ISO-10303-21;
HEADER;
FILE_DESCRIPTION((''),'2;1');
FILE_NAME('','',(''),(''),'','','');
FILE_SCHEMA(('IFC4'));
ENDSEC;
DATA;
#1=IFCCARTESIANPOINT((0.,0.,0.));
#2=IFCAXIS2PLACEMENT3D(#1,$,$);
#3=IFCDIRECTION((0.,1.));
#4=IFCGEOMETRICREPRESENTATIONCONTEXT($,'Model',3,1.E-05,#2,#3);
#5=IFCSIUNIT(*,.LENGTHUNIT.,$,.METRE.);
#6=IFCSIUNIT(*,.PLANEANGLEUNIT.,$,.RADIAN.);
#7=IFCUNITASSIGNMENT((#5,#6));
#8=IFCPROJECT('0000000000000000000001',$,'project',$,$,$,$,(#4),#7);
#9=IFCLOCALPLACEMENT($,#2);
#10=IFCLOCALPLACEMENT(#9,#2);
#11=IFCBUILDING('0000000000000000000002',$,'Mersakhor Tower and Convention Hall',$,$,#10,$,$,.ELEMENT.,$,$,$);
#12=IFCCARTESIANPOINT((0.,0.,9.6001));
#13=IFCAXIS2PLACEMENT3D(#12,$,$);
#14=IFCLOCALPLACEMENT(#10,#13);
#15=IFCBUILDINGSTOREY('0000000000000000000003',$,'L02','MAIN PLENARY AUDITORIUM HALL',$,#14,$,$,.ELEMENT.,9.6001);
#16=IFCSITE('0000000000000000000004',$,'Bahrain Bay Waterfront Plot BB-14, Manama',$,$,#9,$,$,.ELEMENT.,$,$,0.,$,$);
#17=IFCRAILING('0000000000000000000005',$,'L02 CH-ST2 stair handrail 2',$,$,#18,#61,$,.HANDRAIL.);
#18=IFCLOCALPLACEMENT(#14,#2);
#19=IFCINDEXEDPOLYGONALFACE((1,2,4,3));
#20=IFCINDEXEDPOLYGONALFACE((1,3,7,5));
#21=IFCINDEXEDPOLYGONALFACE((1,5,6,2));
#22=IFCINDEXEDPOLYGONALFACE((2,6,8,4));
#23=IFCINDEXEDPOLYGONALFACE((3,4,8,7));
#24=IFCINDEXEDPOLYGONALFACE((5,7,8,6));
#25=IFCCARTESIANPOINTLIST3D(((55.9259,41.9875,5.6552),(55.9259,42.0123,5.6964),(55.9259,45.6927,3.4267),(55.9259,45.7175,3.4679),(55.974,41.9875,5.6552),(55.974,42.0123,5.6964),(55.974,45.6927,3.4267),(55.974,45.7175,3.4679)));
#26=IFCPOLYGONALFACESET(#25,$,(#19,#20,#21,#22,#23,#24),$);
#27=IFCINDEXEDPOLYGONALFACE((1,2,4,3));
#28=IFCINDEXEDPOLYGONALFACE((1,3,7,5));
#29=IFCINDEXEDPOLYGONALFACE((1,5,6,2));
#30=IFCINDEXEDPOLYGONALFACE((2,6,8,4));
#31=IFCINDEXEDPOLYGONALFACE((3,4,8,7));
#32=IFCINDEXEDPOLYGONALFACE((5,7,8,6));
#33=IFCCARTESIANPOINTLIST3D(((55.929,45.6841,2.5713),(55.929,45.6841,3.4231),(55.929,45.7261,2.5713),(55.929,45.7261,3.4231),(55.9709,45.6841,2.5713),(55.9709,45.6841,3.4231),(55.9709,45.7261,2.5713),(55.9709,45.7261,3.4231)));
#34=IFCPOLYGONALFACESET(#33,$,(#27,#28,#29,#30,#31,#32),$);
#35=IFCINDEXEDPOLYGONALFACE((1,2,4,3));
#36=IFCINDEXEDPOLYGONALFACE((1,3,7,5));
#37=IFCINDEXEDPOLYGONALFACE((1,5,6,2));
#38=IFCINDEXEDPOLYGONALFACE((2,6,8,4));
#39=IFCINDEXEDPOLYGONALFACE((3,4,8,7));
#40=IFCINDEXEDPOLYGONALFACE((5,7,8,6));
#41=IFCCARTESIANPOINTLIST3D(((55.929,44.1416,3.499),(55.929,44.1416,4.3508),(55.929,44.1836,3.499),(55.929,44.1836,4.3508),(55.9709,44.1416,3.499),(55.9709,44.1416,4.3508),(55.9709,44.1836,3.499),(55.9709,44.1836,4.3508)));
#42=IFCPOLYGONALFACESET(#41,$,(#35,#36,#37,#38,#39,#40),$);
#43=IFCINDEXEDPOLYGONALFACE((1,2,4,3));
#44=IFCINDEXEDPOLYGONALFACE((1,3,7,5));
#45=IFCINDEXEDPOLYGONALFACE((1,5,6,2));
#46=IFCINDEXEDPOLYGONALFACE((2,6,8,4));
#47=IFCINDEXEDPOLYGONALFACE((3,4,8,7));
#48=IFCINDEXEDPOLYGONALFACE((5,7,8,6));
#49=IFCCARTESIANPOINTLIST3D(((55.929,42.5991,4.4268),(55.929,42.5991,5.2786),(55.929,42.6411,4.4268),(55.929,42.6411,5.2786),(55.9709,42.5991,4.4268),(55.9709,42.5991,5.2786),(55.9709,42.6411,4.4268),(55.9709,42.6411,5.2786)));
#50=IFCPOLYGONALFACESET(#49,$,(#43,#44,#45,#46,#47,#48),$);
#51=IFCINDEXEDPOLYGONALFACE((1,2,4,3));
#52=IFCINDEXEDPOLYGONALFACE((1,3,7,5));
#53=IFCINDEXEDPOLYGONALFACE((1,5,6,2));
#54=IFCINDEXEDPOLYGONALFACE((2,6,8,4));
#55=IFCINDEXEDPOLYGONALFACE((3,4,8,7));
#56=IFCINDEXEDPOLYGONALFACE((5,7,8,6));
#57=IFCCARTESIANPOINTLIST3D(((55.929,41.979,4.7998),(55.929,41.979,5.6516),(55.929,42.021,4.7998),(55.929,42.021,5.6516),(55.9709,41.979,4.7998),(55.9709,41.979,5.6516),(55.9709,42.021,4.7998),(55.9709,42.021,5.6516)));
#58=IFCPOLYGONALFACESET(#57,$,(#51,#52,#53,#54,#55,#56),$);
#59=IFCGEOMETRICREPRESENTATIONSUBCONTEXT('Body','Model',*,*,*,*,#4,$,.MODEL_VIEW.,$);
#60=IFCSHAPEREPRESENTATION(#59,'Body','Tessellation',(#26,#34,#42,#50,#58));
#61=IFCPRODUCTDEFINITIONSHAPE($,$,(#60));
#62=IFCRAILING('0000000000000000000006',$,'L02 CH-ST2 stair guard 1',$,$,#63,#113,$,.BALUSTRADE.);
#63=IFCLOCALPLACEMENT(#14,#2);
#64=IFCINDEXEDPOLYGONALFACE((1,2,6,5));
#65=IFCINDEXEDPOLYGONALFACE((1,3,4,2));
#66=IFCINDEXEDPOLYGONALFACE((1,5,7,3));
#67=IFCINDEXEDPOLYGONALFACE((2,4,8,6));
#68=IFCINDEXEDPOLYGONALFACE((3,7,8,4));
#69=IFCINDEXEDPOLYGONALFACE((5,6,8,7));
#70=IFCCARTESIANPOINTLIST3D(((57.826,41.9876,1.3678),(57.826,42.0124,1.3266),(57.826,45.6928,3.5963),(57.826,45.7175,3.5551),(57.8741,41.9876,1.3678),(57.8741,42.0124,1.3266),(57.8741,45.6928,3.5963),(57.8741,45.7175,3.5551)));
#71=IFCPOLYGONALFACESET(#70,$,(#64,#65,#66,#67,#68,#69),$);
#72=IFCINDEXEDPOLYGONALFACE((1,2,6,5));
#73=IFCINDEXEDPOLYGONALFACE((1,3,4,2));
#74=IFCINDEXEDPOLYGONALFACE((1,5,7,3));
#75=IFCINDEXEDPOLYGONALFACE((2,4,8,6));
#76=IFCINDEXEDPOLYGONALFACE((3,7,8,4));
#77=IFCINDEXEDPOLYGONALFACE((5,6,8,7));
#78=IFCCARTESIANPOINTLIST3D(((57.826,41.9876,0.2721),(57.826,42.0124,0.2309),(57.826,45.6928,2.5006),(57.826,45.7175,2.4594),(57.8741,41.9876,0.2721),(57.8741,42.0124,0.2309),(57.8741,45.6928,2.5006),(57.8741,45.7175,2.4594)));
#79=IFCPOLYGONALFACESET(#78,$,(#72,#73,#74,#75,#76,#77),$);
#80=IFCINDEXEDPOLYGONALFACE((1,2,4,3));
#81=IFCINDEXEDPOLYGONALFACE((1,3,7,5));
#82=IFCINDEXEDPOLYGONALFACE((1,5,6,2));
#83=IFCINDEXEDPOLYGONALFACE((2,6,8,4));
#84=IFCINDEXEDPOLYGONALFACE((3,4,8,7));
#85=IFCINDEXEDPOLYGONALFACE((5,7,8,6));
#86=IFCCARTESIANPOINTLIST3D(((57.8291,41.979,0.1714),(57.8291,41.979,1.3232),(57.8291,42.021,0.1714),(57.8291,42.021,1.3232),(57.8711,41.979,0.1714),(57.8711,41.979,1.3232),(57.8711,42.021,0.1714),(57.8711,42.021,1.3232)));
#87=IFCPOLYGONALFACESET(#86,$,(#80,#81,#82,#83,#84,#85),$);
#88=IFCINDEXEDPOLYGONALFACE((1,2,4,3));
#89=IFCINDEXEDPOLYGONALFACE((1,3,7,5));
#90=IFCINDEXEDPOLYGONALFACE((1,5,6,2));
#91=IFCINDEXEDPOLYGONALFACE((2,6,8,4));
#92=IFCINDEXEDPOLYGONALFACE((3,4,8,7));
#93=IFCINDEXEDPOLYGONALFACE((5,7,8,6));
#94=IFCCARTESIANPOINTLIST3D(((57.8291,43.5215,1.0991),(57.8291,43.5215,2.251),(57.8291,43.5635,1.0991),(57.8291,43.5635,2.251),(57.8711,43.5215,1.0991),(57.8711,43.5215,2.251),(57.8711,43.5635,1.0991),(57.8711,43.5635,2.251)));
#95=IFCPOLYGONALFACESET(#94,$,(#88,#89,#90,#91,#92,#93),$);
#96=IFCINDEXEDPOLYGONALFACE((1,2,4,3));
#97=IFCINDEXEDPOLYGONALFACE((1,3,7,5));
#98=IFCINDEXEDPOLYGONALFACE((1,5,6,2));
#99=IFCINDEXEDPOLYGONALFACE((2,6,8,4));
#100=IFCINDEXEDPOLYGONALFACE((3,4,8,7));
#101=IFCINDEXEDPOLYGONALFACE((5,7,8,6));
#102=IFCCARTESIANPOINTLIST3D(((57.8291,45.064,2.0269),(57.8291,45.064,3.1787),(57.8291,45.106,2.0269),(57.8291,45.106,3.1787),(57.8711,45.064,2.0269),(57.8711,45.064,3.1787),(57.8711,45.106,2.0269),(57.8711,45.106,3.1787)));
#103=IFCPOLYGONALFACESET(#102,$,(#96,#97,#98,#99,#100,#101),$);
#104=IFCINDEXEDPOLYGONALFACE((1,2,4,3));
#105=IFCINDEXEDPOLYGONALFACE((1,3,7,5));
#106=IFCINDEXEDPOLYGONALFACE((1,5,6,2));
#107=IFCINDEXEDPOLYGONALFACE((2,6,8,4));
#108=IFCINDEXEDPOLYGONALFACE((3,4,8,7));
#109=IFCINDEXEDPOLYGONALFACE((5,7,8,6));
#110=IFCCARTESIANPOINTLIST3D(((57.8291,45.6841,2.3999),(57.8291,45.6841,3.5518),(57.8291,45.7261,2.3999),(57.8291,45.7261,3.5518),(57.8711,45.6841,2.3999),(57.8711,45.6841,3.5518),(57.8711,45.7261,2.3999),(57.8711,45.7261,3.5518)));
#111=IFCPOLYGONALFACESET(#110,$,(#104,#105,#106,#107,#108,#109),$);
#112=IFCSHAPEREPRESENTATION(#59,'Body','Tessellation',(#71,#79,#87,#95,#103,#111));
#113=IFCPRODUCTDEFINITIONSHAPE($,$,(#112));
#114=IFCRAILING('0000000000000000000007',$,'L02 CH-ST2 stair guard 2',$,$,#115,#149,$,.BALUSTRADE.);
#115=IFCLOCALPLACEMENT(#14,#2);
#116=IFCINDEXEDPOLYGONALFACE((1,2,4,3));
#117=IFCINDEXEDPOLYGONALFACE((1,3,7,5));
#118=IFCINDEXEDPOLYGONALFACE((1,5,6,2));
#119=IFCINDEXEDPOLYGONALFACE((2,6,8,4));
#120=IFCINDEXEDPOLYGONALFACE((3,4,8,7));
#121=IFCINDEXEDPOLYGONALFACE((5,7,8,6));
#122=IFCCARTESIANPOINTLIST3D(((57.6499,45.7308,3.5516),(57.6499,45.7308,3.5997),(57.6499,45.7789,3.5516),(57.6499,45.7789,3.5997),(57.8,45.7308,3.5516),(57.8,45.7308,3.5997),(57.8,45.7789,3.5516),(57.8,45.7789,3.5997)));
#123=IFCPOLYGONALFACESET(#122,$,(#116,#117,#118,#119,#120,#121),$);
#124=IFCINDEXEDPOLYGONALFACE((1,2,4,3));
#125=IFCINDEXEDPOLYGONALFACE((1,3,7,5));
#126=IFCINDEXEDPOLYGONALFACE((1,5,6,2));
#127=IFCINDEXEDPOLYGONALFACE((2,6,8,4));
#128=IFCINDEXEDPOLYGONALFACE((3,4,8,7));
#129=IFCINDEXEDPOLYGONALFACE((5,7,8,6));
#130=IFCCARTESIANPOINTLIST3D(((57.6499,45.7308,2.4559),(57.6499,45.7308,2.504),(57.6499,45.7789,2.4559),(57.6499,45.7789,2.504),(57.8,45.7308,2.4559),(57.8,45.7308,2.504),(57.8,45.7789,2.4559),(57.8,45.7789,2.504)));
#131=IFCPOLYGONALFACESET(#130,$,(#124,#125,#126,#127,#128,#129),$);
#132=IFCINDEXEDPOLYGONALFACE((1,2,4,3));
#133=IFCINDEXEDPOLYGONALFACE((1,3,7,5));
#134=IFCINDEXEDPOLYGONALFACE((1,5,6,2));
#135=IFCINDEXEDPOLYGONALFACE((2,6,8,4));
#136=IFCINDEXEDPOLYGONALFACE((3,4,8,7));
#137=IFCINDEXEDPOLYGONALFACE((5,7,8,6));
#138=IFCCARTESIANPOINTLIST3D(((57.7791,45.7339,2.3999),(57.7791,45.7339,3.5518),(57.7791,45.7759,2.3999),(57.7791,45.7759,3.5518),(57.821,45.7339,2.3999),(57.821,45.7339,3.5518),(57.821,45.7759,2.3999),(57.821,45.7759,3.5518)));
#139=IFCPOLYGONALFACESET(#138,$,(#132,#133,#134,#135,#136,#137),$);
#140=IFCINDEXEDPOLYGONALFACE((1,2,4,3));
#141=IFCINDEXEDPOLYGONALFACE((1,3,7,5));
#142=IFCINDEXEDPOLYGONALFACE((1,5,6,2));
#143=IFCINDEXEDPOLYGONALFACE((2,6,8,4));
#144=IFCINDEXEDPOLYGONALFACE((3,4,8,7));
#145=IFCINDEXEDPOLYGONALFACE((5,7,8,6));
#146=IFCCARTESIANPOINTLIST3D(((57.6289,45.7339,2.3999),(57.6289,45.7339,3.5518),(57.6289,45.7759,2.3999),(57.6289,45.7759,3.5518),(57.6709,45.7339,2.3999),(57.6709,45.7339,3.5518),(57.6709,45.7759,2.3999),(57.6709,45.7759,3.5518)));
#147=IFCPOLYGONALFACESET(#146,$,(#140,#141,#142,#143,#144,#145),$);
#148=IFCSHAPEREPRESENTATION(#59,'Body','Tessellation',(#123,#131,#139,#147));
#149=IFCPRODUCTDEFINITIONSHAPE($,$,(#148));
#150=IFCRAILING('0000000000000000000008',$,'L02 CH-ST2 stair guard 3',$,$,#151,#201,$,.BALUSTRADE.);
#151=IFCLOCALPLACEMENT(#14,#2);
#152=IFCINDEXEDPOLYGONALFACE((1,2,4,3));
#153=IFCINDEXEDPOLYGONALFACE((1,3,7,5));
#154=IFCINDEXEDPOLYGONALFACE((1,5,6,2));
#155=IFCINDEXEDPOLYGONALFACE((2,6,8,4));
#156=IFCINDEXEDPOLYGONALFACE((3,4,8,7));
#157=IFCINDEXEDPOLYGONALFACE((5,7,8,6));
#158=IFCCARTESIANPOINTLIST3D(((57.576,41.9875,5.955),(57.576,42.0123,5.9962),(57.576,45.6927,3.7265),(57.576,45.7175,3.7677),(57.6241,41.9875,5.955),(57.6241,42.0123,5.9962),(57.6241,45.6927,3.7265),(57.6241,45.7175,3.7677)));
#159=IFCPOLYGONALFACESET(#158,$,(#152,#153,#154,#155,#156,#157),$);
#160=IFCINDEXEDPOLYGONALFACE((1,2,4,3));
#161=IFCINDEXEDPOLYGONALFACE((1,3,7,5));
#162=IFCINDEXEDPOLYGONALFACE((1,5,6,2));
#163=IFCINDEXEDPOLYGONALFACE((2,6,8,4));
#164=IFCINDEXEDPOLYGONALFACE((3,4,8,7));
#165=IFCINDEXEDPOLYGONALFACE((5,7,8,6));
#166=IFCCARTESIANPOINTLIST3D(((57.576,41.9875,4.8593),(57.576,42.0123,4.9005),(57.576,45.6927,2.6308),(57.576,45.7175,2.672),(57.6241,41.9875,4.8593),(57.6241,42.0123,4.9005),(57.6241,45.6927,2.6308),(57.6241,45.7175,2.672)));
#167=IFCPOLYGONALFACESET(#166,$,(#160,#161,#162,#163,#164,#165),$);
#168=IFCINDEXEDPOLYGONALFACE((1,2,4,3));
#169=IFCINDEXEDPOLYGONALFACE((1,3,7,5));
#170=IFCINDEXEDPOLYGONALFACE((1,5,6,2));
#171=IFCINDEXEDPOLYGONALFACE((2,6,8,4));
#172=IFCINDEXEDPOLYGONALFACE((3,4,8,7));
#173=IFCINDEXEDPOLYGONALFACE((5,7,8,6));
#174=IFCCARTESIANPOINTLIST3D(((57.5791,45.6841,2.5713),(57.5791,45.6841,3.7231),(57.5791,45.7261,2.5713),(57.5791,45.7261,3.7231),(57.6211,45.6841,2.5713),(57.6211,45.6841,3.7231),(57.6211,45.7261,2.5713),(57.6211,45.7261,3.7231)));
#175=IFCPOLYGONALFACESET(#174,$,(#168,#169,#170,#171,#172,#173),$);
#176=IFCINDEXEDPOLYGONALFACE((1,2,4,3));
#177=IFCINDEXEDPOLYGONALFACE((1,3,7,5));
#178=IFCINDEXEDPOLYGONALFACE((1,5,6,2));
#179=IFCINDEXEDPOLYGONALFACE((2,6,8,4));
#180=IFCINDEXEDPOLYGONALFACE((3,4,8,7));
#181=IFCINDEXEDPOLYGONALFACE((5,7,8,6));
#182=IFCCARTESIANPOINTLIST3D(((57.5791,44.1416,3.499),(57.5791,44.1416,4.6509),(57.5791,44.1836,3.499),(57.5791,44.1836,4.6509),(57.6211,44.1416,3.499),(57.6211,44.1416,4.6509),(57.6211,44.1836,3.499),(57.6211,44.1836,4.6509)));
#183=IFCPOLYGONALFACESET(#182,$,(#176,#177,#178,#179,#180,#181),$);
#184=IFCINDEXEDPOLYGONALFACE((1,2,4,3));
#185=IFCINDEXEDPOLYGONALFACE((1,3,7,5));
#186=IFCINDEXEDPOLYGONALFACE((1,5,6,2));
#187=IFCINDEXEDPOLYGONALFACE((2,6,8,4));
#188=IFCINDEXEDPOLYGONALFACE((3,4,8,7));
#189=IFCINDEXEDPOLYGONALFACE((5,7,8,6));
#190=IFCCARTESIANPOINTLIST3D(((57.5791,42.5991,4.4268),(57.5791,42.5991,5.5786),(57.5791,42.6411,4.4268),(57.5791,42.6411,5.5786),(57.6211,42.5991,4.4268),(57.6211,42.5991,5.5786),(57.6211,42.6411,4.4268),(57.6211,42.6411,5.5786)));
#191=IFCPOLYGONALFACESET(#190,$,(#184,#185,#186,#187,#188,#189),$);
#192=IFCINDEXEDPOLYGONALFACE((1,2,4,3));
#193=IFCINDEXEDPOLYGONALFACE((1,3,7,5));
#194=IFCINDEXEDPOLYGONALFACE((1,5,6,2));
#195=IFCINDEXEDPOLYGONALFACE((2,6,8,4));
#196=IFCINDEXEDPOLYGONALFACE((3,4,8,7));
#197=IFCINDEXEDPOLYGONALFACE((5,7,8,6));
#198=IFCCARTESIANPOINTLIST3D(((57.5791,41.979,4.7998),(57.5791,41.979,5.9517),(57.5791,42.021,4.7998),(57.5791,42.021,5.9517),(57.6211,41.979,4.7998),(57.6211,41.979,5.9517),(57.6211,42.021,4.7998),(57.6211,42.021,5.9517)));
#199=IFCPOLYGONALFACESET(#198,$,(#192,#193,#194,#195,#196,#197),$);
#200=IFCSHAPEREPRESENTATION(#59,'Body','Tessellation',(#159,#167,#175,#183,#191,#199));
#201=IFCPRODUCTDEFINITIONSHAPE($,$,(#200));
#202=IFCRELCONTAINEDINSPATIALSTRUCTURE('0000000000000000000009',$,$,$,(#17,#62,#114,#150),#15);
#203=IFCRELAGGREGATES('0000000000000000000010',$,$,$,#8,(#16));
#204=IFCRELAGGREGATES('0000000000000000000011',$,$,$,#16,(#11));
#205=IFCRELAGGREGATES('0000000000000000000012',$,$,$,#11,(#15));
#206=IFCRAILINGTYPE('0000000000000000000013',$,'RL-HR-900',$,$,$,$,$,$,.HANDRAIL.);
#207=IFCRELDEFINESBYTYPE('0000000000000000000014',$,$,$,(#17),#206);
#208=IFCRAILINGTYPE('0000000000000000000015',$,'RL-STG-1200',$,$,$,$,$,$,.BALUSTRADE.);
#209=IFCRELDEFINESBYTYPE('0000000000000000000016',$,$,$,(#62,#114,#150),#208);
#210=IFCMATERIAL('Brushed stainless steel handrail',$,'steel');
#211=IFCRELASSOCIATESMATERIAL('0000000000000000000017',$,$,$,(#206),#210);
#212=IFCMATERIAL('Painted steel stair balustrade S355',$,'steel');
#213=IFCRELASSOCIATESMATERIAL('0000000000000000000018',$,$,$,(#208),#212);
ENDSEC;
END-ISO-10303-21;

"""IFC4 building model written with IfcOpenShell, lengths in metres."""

from ifc_helpers import new_model, si_unit, direction, frame, origin, origin_2d, place, context, subcontext, project, spatial, rectangle, extrude, material, type_object, element, save


model = new_model("IFC4")

# Units and contexts
model_context = context("Model", 3, precision=1e-05, world=origin(), true_north=direction((0.0, 1.0)))
body_context = subcontext(model_context, "Body", "Model", "MODEL_VIEW")
ifc_project = project(units=[si_unit("LENGTHUNIT", "METRE"), si_unit("PLANEANGLEUNIT", "RADIAN")], contexts=[model_context])

# Site, building, storey
site_placement = place(None, origin())
site = spatial("IfcSite", under=ifc_project, at=site_placement, Name="Bahrain Bay Waterfront Plot BB-14, Manama", CompositionType="ELEMENT", RefElevation=0.0)
building_placement = place(site_placement, origin())
building = spatial("IfcBuilding", under=site, at=building_placement, Name="Mersakhor Tower and Convention Hall", CompositionType="ELEMENT")
storey_placement = place(building_placement, frame((0.0, 0.0, 9.6001)))
storey = spatial("IfcBuildingStorey", under=building, at=storey_placement, Name="L02", Description="MAIN PLENARY AUDITORIUM HALL", CompositionType="ELEMENT", Elevation=9.6001)

# Railings
ifc_material_1 = material(Name="Brushed stainless steel handrail", Category="steel")
railing_type_1 = type_object("IfcRailingType", Name="RL-HR-900", PredefinedType="HANDRAIL", material=ifc_material_1)
railing_1_placement = place(storey_placement, frame((55.95, 45.7051, 2.5713)))
element("IfcRailing", 1, at=railing_1_placement, inside=storey, type_object=railing_type_1, Name="L02 CH-ST2 stair handrail 2", PredefinedType="HANDRAIL", context=body_context, shape_type="SweptSolid", body=[
    extrude(rectangle(XDim=0.0481, YDim=0.0481, at=origin_2d()), frame((0.0, 0.0, 0.876), z_axis=(0.0, -0.856934, 0.515425), x_axis=(1.0, 0.0, 0.0)), (0.0, 0.0, 1.0), 4.3237),
    extrude(rectangle(XDim=0.042, YDim=0.042, at=origin_2d()), origin(), (0.0, 0.0, 1.0), 0.8518),
    extrude(rectangle(XDim=0.042, YDim=0.042, at=origin_2d()), frame((0.0, -1.5425, 0.9277)), (0.0, 0.0, 1.0), 0.8518),
    extrude(rectangle(XDim=0.042, YDim=0.042, at=origin_2d()), frame((0.0, -3.085, 1.8555)), (0.0, 0.0, 1.0), 0.8518),
    extrude(rectangle(XDim=0.042, YDim=0.042, at=origin_2d()), frame((0.0, -3.7051, 2.2285)), (0.0, 0.0, 1.0), 0.8518),
])
ifc_material_2 = material(Name="Painted steel stair balustrade S355", Category="steel")
railing_type_2 = type_object("IfcRailingType", Name="RL-STG-1200", PredefinedType="BALUSTRADE", material=ifc_material_2)
railing_2_placement = place(storey_placement, frame((57.8501, 42.0, 0.1714)))
element("IfcRailing", 2, at=railing_2_placement, inside=storey, type_object=railing_type_2, Name="L02 CH-ST2 stair guard 1", PredefinedType="BALUSTRADE", context=body_context, shape_type="SweptSolid", body=[
    extrude(rectangle(XDim=0.0481, YDim=0.0481, at=origin_2d()), frame((0.0, 0.0, 1.1758), z_axis=(0.0, 0.856934, 0.515425), x_axis=(-1.0, 0.0, 0.0)), (0.0, 0.0, 1.0), 4.3237),
    extrude(rectangle(XDim=0.0481, YDim=0.0481, at=origin_2d()), frame((0.0, 0.0, 0.0801), z_axis=(0.0, 0.856934, 0.515425), x_axis=(-1.0, 0.0, 0.0)), (0.0, 0.0, 1.0), 4.3237),
    extrude(rectangle(XDim=0.042, YDim=0.042, at=origin_2d()), origin(), (0.0, 0.0, 1.0), 1.1519),
    extrude(rectangle(XDim=0.042, YDim=0.042, at=origin_2d()), frame((0.0, 1.5425, 0.9277)), (0.0, 0.0, 1.0), 1.1519),
    extrude(rectangle(XDim=0.042, YDim=0.042, at=origin_2d()), frame((0.0, 3.085, 1.8555)), (0.0, 0.0, 1.0), 1.1519),
    extrude(rectangle(XDim=0.042, YDim=0.042, at=origin_2d()), frame((0.0, 3.7051, 2.2285)), (0.0, 0.0, 1.0), 1.1519),
])
railing_3_placement = place(storey_placement, frame((57.8, 45.7549, 2.3999)))
element("IfcRailing", 3, at=railing_3_placement, inside=storey, type_object=railing_type_2, Name="L02 CH-ST2 stair guard 2", PredefinedType="BALUSTRADE", context=body_context, shape_type="SweptSolid", body=[
    extrude(rectangle(XDim=0.0481, YDim=0.0481, at=origin_2d()), frame((0.0, 0.0, 1.1758), z_axis=(-1.0, 0.0, 0.0), x_axis=(0.0, -1.0, 0.0)), (0.0, 0.0, 1.0), 0.1501),
    extrude(rectangle(XDim=0.0481, YDim=0.0481, at=origin_2d()), frame((0.0, 0.0, 0.0801), z_axis=(-1.0, 0.0, 0.0), x_axis=(0.0, -1.0, 0.0)), (0.0, 0.0, 1.0), 0.1501),
    extrude(rectangle(XDim=0.042, YDim=0.042, at=origin_2d()), origin(), (0.0, 0.0, 1.0), 1.1519),
    extrude(rectangle(XDim=0.042, YDim=0.042, at=origin_2d()), frame((-0.1501, 0.0, 0.0)), (0.0, 0.0, 1.0), 1.1519),
])
railing_4_placement = place(storey_placement, frame((57.6001, 45.7051, 2.5713)))
element("IfcRailing", 4, at=railing_4_placement, inside=storey, type_object=railing_type_2, Name="L02 CH-ST2 stair guard 3", PredefinedType="BALUSTRADE", context=body_context, shape_type="SweptSolid", body=[
    extrude(rectangle(XDim=0.0481, YDim=0.0481, at=origin_2d()), frame((0.0, 0.0, 1.1758), z_axis=(0.0, -0.856934, 0.515425), x_axis=(1.0, 0.0, 0.0)), (0.0, 0.0, 1.0), 4.3237),
    extrude(rectangle(XDim=0.0481, YDim=0.0481, at=origin_2d()), frame((0.0, 0.0, 0.0801), z_axis=(0.0, -0.856934, 0.515425), x_axis=(1.0, 0.0, 0.0)), (0.0, 0.0, 1.0), 4.3237),
    extrude(rectangle(XDim=0.042, YDim=0.042, at=origin_2d()), origin(), (0.0, 0.0, 1.0), 1.1519),
    extrude(rectangle(XDim=0.042, YDim=0.042, at=origin_2d()), frame((0.0, -1.5425, 0.9277)), (0.0, 0.0, 1.0), 1.1519),
    extrude(rectangle(XDim=0.042, YDim=0.042, at=origin_2d()), frame((0.0, -3.085, 1.8555)), (0.0, 0.0, 1.0), 1.1519),
    extrude(rectangle(XDim=0.042, YDim=0.042, at=origin_2d()), frame((0.0, -3.7051, 2.2285)), (0.0, 0.0, 1.0), 1.1519),
])

save(model, "model.ifc")
